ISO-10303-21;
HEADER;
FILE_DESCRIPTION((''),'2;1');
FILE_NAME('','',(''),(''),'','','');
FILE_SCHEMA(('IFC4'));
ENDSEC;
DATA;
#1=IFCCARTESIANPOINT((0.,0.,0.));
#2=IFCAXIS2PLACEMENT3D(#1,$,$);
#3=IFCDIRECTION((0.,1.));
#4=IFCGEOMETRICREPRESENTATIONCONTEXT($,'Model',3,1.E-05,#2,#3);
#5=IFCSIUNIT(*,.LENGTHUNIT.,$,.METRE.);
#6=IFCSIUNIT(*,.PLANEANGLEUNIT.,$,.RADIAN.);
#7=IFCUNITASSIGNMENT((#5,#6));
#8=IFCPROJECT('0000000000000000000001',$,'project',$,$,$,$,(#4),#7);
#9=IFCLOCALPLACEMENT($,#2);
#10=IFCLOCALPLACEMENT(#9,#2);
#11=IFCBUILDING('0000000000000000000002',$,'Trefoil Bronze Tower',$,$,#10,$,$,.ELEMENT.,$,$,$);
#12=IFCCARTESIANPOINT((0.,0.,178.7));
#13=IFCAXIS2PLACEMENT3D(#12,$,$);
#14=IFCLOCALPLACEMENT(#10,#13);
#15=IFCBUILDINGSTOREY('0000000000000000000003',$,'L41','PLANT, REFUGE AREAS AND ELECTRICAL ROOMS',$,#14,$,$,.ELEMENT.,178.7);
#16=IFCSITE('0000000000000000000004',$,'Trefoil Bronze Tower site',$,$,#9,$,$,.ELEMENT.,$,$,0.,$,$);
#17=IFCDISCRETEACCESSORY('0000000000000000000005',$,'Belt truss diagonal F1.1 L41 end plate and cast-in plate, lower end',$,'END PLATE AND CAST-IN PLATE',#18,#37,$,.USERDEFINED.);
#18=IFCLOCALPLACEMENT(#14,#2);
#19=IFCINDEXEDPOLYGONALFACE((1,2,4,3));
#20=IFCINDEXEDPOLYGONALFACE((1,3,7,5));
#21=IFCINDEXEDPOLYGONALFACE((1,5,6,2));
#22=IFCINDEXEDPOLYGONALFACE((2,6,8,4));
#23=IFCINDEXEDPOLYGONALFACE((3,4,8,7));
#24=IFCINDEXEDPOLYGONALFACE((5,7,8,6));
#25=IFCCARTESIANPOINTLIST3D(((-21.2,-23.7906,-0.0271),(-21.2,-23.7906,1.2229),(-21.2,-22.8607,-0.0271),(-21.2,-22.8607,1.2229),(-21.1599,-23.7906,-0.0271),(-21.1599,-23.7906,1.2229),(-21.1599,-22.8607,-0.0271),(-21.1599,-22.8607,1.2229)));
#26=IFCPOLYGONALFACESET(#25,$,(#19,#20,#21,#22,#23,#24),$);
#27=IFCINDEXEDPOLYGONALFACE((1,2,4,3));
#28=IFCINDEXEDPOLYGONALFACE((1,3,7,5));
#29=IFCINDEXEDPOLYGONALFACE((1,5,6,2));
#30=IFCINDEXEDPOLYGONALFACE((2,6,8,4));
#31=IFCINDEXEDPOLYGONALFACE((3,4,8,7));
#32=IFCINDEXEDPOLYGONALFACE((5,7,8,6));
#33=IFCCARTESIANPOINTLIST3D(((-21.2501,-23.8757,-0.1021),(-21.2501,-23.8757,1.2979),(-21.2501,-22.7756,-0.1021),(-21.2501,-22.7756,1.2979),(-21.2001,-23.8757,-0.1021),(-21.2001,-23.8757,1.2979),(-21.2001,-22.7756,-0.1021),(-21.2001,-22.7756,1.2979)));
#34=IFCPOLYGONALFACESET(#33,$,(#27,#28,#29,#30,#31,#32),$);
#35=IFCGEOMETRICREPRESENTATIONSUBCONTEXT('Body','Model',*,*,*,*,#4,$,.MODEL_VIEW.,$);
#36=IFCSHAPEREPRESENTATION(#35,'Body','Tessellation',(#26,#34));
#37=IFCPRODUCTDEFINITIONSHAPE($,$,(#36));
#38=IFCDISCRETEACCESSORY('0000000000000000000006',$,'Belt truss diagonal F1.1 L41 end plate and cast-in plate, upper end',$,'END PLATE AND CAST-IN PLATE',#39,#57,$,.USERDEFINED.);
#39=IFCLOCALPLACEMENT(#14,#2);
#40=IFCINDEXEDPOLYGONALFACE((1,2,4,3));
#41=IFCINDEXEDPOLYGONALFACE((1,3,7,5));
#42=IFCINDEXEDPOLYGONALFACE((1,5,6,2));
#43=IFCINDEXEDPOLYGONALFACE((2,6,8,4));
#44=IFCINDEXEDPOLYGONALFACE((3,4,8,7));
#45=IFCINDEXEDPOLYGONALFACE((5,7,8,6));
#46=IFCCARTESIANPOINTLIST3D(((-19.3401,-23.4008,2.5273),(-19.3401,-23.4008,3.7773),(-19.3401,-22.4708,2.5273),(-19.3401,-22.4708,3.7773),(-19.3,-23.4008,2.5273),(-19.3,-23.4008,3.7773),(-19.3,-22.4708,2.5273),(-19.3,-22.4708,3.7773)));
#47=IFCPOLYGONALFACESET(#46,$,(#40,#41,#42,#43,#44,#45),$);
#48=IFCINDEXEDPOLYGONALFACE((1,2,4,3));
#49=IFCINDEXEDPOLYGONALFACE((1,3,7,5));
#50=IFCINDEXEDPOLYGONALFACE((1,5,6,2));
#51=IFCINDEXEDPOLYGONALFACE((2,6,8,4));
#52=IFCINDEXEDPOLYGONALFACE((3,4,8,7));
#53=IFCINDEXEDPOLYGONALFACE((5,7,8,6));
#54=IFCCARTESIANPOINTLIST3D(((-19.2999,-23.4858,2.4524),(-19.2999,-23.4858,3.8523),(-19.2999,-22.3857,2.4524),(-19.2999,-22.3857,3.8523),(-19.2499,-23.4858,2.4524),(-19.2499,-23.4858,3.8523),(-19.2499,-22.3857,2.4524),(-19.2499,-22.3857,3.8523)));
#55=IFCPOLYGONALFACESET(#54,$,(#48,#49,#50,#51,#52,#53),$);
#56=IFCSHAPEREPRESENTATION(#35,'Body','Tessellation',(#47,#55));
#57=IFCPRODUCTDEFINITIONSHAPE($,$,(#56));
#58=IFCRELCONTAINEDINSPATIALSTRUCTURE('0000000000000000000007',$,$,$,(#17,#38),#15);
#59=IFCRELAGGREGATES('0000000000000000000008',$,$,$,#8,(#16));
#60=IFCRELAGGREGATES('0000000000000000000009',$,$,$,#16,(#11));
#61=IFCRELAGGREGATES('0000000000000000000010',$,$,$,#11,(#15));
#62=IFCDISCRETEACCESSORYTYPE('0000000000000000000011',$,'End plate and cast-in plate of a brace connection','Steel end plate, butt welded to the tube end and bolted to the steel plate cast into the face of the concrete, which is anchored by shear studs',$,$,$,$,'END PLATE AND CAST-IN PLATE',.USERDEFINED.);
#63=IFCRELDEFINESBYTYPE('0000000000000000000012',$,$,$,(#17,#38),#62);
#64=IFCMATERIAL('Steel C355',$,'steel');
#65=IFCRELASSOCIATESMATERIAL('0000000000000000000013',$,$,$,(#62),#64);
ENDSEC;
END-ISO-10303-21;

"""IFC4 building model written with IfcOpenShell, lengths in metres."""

from ifc_helpers import new_model, si_unit, direction, frame, origin, origin_2d, place, context, subcontext, project, spatial, rectangle, extrude, material, type_object, element, save


model = new_model("IFC4")

# Units and contexts
model_context = context("Model", 3, precision=1e-05, world=origin(), true_north=direction((0.0, 1.0)))
body_context = subcontext(model_context, "Body", "Model", "MODEL_VIEW")
ifc_project = project(units=[si_unit("LENGTHUNIT", "METRE"), si_unit("PLANEANGLEUNIT", "RADIAN")], contexts=[model_context])

# Site, building, storey
site_placement = place(None, origin())
site = spatial("IfcSite", under=ifc_project, at=site_placement, Name="Trefoil Bronze Tower site", CompositionType="ELEMENT", RefElevation=0.0)
building_placement = place(site_placement, origin())
building = spatial("IfcBuilding", under=site, at=building_placement, Name="Trefoil Bronze Tower", CompositionType="ELEMENT")
storey_placement = place(building_placement, frame((0.0, 0.0, 178.7)))
storey = spatial("IfcBuildingStorey", under=building, at=storey_placement, Name="L41", Description="PLANT, REFUGE AREAS AND ELECTRICAL ROOMS", CompositionType="ELEMENT", Elevation=178.7)

# Discrete accessories
ifc_material_1 = material(Name="Steel C355", Category="steel")
discrete_accessory_type = type_object("IfcDiscreteAccessoryType", Name="End plate and cast-in plate of a brace connection", Description="Steel end plate, butt welded to the tube end and bolted to the steel plate cast into the face of the concrete, which is anchored by shear studs", ElementType="END PLATE AND CAST-IN PLATE", PredefinedType="USERDEFINED", material=ifc_material_1)
for number, where, z_axis, x_axis, name in (
    (1, (-21.2, -23.3257, 0.5979), (0.0, 0.0, 1.0), (1.0, 0.0, 0.0), "Belt truss diagonal F1.1 L41 end plate and cast-in plate, lower end"),
    (2, (-19.3, -22.9358, 3.1523), (0.0, 0.0, 1.0), (-1.0, 0.0, 0.0), "Belt truss diagonal F1.1 L41 end plate and cast-in plate, upper end"),
):
    element("IfcDiscreteAccessory", number, at=place(storey_placement, frame(where, z_axis=z_axis, x_axis=x_axis)), inside=storey, type_object=discrete_accessory_type, Name=name, ObjectType="END PLATE AND CAST-IN PLATE", PredefinedType="USERDEFINED", context=body_context, shape_type="SweptSolid", body=[
        extrude(rectangle(XDim=0.04, YDim=0.9299, at=origin_2d()), frame((0.02, 0.0, -0.625)), (0.0, 0.0, 1.0), 1.25),
        extrude(rectangle(XDim=0.05, YDim=1.1001, at=origin_2d()), frame((-0.0251, 0.0, -0.7)), (0.0, 0.0, 1.0), 1.3999),
    ])

save(model, "model.ifc")
